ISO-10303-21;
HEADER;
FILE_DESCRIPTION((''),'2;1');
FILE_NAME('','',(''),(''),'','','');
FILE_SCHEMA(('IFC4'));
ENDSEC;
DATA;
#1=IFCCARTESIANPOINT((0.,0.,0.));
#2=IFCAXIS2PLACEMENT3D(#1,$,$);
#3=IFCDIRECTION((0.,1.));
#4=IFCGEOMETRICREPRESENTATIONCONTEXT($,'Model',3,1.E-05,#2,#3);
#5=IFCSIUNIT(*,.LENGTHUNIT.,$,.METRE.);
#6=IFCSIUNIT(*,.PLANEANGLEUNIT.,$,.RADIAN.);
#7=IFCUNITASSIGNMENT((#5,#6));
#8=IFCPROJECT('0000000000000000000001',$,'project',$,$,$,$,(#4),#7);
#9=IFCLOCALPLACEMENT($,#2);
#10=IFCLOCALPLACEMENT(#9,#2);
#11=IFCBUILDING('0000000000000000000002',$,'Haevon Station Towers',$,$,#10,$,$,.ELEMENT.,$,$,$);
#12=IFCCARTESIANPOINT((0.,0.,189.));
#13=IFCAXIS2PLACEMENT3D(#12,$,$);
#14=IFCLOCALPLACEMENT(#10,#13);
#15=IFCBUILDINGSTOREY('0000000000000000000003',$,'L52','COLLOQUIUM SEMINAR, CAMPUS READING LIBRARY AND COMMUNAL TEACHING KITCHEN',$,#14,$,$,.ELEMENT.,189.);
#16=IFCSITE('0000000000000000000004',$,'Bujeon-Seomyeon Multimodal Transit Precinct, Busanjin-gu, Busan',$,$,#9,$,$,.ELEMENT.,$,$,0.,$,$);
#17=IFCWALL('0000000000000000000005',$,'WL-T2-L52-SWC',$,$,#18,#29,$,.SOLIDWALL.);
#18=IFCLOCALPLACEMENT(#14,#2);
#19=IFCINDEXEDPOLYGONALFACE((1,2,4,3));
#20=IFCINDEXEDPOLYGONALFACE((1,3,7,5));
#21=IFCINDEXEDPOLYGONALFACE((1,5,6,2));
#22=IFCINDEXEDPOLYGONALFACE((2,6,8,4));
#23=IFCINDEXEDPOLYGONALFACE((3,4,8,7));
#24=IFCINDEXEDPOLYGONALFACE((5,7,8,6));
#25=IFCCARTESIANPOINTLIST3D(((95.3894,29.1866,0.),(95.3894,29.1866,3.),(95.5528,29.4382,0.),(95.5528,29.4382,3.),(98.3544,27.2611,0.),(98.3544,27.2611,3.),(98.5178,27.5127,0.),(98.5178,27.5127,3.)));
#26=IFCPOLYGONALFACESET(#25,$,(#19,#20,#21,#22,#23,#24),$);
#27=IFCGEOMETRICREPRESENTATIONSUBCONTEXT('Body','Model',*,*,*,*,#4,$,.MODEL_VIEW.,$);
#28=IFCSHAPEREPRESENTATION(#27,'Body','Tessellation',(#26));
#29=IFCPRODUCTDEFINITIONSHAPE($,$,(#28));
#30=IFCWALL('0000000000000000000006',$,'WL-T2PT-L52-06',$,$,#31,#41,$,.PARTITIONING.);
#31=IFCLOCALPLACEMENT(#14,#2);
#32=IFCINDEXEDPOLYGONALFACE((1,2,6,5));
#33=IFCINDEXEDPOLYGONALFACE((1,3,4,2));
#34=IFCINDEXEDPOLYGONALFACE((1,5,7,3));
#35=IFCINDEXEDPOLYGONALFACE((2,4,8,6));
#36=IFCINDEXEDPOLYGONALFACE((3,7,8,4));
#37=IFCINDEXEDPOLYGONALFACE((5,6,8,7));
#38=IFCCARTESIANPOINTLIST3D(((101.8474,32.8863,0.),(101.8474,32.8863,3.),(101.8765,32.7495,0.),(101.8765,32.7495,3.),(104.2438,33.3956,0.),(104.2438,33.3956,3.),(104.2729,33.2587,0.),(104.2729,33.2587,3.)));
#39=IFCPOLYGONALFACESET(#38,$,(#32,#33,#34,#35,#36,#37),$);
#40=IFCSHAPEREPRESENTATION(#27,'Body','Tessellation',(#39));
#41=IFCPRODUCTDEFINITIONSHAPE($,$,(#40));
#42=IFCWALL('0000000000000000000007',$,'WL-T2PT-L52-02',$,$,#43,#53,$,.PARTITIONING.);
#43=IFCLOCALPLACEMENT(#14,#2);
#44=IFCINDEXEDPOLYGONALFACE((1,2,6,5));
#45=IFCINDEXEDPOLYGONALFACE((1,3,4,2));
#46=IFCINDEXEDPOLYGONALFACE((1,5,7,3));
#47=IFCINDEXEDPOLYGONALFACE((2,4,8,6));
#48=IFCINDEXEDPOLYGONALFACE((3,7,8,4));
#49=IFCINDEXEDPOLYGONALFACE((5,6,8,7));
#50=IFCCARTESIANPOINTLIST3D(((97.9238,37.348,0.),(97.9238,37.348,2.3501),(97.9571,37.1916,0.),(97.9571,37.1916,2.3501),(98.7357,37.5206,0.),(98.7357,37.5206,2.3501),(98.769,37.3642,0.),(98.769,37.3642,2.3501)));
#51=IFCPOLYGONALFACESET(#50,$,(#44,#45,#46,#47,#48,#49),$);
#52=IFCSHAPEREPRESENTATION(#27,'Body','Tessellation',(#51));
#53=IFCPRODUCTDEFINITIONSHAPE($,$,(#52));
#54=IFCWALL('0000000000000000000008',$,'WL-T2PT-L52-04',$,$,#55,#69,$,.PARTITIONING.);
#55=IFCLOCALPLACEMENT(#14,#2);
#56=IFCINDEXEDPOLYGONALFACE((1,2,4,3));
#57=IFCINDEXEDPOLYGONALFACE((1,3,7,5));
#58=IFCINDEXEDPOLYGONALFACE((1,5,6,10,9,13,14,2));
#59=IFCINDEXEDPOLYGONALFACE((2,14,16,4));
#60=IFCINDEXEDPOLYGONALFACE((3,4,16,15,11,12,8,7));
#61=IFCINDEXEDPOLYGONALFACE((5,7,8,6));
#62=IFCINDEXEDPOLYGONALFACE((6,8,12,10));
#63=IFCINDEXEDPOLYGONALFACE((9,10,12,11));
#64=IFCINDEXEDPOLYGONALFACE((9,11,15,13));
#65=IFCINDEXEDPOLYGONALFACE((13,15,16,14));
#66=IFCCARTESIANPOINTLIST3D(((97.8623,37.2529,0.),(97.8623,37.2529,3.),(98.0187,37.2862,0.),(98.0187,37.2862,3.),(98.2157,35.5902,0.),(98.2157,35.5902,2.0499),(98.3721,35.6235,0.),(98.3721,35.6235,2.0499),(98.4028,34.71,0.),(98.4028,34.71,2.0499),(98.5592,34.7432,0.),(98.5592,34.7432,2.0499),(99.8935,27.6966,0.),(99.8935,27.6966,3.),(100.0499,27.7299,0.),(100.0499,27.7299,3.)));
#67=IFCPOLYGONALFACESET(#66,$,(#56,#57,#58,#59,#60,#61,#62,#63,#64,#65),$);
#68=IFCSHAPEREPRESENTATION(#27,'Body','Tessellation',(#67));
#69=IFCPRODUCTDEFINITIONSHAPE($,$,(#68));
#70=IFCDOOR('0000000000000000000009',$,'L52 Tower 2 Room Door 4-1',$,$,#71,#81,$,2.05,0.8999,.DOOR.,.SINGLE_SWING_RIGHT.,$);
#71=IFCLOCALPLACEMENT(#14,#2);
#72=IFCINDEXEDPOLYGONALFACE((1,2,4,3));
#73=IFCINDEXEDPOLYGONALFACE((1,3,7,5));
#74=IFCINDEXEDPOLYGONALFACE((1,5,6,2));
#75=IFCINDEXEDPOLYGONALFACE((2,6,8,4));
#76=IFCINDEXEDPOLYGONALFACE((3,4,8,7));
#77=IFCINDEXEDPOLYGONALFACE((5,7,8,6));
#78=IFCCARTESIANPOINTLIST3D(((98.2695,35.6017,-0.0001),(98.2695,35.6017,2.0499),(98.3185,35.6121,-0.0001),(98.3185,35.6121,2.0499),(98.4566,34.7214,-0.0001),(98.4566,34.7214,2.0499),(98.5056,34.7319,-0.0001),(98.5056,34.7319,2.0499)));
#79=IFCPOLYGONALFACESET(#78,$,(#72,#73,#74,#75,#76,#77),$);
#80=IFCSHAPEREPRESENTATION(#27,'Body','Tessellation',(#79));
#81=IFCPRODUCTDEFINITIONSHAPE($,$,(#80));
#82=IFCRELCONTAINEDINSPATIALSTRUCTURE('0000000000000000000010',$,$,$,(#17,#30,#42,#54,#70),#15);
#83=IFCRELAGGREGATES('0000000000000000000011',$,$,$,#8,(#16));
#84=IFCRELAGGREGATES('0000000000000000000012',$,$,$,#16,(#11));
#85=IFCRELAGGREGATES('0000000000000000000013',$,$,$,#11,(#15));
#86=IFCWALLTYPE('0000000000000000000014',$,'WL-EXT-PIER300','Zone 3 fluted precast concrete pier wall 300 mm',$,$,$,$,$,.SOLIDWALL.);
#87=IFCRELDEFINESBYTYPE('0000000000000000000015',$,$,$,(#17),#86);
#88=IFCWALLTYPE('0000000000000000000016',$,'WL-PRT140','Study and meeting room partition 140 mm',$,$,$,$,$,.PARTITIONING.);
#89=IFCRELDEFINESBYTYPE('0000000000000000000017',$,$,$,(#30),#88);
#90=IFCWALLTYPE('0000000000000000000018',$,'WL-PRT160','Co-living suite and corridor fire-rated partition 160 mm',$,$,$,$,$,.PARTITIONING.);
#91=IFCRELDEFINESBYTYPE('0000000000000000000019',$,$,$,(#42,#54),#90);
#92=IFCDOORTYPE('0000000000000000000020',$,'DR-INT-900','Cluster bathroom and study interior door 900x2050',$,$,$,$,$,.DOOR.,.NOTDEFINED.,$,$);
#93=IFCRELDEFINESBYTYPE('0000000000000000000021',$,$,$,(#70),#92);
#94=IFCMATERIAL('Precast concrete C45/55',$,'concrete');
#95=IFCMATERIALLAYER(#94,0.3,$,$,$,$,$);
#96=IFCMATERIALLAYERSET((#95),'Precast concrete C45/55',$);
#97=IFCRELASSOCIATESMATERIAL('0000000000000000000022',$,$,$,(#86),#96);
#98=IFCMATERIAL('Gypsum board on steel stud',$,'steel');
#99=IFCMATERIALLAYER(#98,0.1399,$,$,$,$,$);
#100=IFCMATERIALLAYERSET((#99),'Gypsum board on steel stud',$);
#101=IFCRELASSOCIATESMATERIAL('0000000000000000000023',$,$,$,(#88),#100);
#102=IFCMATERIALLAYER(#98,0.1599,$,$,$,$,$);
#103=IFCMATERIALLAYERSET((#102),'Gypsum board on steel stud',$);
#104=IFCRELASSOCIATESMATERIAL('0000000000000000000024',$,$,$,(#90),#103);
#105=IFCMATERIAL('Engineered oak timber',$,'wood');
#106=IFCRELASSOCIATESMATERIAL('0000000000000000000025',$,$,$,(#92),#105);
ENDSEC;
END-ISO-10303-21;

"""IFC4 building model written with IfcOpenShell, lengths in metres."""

from ifc_helpers import new_model, si_unit, direction, frame, frame_2d, origin, place, context, subcontext, project, spatial, rectangle, extrude, material, layer, layer_set, type_object, element, fill, save


model = new_model("IFC4")

# Units and contexts
model_context = context("Model", 3, precision=1e-05, world=origin(), true_north=direction((0.0, 1.0)))
body_context = subcontext(model_context, "Body", "Model", "MODEL_VIEW")
ifc_project = project(units=[si_unit("LENGTHUNIT", "METRE"), si_unit("PLANEANGLEUNIT", "RADIAN")], contexts=[model_context])

# Site, building, storey
site_placement = place(None, origin())
site = spatial("IfcSite", under=ifc_project, at=site_placement, Name="Bujeon-Seomyeon Multimodal Transit Precinct, Busanjin-gu, Busan", CompositionType="ELEMENT", RefElevation=0.0)
building_placement = place(site_placement, origin())
building = spatial("IfcBuilding", under=site, at=building_placement, Name="Haevon Station Towers", CompositionType="ELEMENT")
storey_placement = place(building_placement, frame((0.0, 0.0, 189.0)))
storey = spatial("IfcBuildingStorey", under=building, at=storey_placement, Name="L52", Description="COLLOQUIUM SEMINAR, CAMPUS READING LIBRARY AND COMMUNAL TEACHING KITCHEN", CompositionType="ELEMENT", Elevation=189.0)

# Walls
ifc_material_1 = material(Name="Precast concrete C45/55", Category="concrete")
ifc_layer_1 = layer(ifc_material_1, 0.3)
ifc_layer_set_1 = layer_set([ifc_layer_1], Name="Precast concrete C45/55")
wall_type_1 = type_object("IfcWallType", Name="WL-EXT-PIER300", Description="Zone 3 fluted precast concrete pier wall 300 mm", PredefinedType="SOLIDWALL", material=ifc_layer_set_1)
wall_1_placement = place(storey_placement, frame((98.436, 27.387, 0.0), z_axis=(0.0, 0.0, 1.0), x_axis=(-0.838672, 0.544636, 0.0)))
element("IfcWall", 1, at=wall_1_placement, inside=storey, type_object=wall_type_1, Name="WL-T2-L52-SWC", PredefinedType="SOLIDWALL", context=body_context, shape_type="SweptSolid", body=[
    extrude(rectangle(XDim=3.5354, YDim=0.3, at=frame_2d((1.7676, 0.0))), origin(), (0.0, 0.0, 1.0), 3.0),
])
ifc_material_2 = material(Name="Gypsum board on steel stud", Category="steel")
ifc_layer_2 = layer(ifc_material_2, 0.1399)
ifc_layer_set_2 = layer_set([ifc_layer_2], Name="Gypsum board on steel stud")
wall_type_2 = type_object("IfcWallType", Name="WL-PRT140", Description="Study and meeting room partition 140 mm", PredefinedType="PARTITIONING", material=ifc_layer_set_2)
wall_2_placement = place(storey_placement, frame((101.8618, 32.8179, 0.0), z_axis=(0.0, 0.0, 1.0), x_axis=(0.978157, 0.207868, 0.0)))
element("IfcWall", 2, at=wall_2_placement, inside=storey, type_object=wall_type_2, Name="WL-T2PT-L52-06", PredefinedType="PARTITIONING", context=body_context, shape_type="SweptSolid", body=[
    extrude(rectangle(XDim=2.45, YDim=0.1399, at=frame_2d((1.2251, 0.0))), origin(), (0.0, 0.0, 1.0), 3.0),
])
ifc_layer_3 = layer(ifc_material_2, 0.1599)
ifc_layer_set_3 = layer_set([ifc_layer_3], Name="Gypsum board on steel stud")
wall_type_3 = type_object("IfcWallType", Name="WL-PRT160", Description="Co-living suite and corridor fire-rated partition 160 mm", PredefinedType="PARTITIONING", material=ifc_layer_set_3)
wall_3_placement = place(storey_placement, frame((97.9404, 37.2698, 0.0), z_axis=(0.0, 0.0, 1.0), x_axis=(0.978145, 0.207922, 0.0)))
element("IfcWall", 3, at=wall_3_placement, inside=storey, type_object=wall_type_3, Name="WL-T2PT-L52-02", PredefinedType="PARTITIONING", context=body_context, shape_type="SweptSolid", body=[
    extrude(rectangle(XDim=0.8301, YDim=0.1599, at=frame_2d((0.415, 0.0))), origin(), (0.0, 0.0, 1.0), 2.3501),
])

# Wall, opening, door
wall_4_placement = place(storey_placement, frame((99.9717, 27.7134, 0.0), z_axis=(0.0, 0.0, 1.0), x_axis=(-0.207909, 0.978148, 0.0)))
wall_4 = element("IfcWall", 4, at=wall_4_placement, inside=storey, type_object=wall_type_3, Name="WL-T2PT-L52-04", PredefinedType="PARTITIONING", context=body_context, shape_type="SweptSolid", body=[
    extrude(rectangle(XDim=9.7698, YDim=0.1599, at=frame_2d((4.8848, 0.0))), origin(), (0.0, 0.0, 1.0), 3.0),
])
opening_1_placement = place(wall_4_placement, frame((7.1699, 0.0, 0.0)))
opening_1 = element("IfcOpeningElement", 5, at=opening_1_placement, cuts=wall_4, PredefinedType="OPENING", context=body_context, shape_type="SweptSolid", body=[
    extrude(rectangle(XDim=0.8999, YDim=2.05, at=frame_2d((0.45, 1.0249))), frame((0.0, 0.0898, 0.0), z_axis=(0.0, -1.0, 0.0), x_axis=(1.0, 0.0, 0.0)), (0.0, 0.0, 1.0), 0.1799),
])
ifc_material_3 = material(Name="Engineered oak timber", Category="wood")
door_type_1 = type_object("IfcDoorType", Name="DR-INT-900", Description="Cluster bathroom and study interior door 900x2050", OperationType="NOTDEFINED", PredefinedType="DOOR", material=ifc_material_3)
door_1_placement = place(opening_1_placement, origin())
door_1 = element("IfcDoor", 6, at=door_1_placement, inside=storey, type_object=door_type_1, Name="L52 Tower 2 Room Door 4-1", OperationType="SINGLE_SWING_RIGHT", OverallHeight=2.05, OverallWidth=0.8999, PredefinedType="DOOR", context=body_context, shape_type="SweptSolid", body=[
    extrude(rectangle(XDim=0.8999, YDim=2.05, at=frame_2d((0.45, 1.0249))), frame((0.0, 0.0249, 0.0), z_axis=(0.0, -1.0, 0.0), x_axis=(1.0, 0.0, 0.0)), (0.0, 0.0, 1.0), 0.05),
])
fill(opening_1, door_1)

save(model, "model.ifc")
